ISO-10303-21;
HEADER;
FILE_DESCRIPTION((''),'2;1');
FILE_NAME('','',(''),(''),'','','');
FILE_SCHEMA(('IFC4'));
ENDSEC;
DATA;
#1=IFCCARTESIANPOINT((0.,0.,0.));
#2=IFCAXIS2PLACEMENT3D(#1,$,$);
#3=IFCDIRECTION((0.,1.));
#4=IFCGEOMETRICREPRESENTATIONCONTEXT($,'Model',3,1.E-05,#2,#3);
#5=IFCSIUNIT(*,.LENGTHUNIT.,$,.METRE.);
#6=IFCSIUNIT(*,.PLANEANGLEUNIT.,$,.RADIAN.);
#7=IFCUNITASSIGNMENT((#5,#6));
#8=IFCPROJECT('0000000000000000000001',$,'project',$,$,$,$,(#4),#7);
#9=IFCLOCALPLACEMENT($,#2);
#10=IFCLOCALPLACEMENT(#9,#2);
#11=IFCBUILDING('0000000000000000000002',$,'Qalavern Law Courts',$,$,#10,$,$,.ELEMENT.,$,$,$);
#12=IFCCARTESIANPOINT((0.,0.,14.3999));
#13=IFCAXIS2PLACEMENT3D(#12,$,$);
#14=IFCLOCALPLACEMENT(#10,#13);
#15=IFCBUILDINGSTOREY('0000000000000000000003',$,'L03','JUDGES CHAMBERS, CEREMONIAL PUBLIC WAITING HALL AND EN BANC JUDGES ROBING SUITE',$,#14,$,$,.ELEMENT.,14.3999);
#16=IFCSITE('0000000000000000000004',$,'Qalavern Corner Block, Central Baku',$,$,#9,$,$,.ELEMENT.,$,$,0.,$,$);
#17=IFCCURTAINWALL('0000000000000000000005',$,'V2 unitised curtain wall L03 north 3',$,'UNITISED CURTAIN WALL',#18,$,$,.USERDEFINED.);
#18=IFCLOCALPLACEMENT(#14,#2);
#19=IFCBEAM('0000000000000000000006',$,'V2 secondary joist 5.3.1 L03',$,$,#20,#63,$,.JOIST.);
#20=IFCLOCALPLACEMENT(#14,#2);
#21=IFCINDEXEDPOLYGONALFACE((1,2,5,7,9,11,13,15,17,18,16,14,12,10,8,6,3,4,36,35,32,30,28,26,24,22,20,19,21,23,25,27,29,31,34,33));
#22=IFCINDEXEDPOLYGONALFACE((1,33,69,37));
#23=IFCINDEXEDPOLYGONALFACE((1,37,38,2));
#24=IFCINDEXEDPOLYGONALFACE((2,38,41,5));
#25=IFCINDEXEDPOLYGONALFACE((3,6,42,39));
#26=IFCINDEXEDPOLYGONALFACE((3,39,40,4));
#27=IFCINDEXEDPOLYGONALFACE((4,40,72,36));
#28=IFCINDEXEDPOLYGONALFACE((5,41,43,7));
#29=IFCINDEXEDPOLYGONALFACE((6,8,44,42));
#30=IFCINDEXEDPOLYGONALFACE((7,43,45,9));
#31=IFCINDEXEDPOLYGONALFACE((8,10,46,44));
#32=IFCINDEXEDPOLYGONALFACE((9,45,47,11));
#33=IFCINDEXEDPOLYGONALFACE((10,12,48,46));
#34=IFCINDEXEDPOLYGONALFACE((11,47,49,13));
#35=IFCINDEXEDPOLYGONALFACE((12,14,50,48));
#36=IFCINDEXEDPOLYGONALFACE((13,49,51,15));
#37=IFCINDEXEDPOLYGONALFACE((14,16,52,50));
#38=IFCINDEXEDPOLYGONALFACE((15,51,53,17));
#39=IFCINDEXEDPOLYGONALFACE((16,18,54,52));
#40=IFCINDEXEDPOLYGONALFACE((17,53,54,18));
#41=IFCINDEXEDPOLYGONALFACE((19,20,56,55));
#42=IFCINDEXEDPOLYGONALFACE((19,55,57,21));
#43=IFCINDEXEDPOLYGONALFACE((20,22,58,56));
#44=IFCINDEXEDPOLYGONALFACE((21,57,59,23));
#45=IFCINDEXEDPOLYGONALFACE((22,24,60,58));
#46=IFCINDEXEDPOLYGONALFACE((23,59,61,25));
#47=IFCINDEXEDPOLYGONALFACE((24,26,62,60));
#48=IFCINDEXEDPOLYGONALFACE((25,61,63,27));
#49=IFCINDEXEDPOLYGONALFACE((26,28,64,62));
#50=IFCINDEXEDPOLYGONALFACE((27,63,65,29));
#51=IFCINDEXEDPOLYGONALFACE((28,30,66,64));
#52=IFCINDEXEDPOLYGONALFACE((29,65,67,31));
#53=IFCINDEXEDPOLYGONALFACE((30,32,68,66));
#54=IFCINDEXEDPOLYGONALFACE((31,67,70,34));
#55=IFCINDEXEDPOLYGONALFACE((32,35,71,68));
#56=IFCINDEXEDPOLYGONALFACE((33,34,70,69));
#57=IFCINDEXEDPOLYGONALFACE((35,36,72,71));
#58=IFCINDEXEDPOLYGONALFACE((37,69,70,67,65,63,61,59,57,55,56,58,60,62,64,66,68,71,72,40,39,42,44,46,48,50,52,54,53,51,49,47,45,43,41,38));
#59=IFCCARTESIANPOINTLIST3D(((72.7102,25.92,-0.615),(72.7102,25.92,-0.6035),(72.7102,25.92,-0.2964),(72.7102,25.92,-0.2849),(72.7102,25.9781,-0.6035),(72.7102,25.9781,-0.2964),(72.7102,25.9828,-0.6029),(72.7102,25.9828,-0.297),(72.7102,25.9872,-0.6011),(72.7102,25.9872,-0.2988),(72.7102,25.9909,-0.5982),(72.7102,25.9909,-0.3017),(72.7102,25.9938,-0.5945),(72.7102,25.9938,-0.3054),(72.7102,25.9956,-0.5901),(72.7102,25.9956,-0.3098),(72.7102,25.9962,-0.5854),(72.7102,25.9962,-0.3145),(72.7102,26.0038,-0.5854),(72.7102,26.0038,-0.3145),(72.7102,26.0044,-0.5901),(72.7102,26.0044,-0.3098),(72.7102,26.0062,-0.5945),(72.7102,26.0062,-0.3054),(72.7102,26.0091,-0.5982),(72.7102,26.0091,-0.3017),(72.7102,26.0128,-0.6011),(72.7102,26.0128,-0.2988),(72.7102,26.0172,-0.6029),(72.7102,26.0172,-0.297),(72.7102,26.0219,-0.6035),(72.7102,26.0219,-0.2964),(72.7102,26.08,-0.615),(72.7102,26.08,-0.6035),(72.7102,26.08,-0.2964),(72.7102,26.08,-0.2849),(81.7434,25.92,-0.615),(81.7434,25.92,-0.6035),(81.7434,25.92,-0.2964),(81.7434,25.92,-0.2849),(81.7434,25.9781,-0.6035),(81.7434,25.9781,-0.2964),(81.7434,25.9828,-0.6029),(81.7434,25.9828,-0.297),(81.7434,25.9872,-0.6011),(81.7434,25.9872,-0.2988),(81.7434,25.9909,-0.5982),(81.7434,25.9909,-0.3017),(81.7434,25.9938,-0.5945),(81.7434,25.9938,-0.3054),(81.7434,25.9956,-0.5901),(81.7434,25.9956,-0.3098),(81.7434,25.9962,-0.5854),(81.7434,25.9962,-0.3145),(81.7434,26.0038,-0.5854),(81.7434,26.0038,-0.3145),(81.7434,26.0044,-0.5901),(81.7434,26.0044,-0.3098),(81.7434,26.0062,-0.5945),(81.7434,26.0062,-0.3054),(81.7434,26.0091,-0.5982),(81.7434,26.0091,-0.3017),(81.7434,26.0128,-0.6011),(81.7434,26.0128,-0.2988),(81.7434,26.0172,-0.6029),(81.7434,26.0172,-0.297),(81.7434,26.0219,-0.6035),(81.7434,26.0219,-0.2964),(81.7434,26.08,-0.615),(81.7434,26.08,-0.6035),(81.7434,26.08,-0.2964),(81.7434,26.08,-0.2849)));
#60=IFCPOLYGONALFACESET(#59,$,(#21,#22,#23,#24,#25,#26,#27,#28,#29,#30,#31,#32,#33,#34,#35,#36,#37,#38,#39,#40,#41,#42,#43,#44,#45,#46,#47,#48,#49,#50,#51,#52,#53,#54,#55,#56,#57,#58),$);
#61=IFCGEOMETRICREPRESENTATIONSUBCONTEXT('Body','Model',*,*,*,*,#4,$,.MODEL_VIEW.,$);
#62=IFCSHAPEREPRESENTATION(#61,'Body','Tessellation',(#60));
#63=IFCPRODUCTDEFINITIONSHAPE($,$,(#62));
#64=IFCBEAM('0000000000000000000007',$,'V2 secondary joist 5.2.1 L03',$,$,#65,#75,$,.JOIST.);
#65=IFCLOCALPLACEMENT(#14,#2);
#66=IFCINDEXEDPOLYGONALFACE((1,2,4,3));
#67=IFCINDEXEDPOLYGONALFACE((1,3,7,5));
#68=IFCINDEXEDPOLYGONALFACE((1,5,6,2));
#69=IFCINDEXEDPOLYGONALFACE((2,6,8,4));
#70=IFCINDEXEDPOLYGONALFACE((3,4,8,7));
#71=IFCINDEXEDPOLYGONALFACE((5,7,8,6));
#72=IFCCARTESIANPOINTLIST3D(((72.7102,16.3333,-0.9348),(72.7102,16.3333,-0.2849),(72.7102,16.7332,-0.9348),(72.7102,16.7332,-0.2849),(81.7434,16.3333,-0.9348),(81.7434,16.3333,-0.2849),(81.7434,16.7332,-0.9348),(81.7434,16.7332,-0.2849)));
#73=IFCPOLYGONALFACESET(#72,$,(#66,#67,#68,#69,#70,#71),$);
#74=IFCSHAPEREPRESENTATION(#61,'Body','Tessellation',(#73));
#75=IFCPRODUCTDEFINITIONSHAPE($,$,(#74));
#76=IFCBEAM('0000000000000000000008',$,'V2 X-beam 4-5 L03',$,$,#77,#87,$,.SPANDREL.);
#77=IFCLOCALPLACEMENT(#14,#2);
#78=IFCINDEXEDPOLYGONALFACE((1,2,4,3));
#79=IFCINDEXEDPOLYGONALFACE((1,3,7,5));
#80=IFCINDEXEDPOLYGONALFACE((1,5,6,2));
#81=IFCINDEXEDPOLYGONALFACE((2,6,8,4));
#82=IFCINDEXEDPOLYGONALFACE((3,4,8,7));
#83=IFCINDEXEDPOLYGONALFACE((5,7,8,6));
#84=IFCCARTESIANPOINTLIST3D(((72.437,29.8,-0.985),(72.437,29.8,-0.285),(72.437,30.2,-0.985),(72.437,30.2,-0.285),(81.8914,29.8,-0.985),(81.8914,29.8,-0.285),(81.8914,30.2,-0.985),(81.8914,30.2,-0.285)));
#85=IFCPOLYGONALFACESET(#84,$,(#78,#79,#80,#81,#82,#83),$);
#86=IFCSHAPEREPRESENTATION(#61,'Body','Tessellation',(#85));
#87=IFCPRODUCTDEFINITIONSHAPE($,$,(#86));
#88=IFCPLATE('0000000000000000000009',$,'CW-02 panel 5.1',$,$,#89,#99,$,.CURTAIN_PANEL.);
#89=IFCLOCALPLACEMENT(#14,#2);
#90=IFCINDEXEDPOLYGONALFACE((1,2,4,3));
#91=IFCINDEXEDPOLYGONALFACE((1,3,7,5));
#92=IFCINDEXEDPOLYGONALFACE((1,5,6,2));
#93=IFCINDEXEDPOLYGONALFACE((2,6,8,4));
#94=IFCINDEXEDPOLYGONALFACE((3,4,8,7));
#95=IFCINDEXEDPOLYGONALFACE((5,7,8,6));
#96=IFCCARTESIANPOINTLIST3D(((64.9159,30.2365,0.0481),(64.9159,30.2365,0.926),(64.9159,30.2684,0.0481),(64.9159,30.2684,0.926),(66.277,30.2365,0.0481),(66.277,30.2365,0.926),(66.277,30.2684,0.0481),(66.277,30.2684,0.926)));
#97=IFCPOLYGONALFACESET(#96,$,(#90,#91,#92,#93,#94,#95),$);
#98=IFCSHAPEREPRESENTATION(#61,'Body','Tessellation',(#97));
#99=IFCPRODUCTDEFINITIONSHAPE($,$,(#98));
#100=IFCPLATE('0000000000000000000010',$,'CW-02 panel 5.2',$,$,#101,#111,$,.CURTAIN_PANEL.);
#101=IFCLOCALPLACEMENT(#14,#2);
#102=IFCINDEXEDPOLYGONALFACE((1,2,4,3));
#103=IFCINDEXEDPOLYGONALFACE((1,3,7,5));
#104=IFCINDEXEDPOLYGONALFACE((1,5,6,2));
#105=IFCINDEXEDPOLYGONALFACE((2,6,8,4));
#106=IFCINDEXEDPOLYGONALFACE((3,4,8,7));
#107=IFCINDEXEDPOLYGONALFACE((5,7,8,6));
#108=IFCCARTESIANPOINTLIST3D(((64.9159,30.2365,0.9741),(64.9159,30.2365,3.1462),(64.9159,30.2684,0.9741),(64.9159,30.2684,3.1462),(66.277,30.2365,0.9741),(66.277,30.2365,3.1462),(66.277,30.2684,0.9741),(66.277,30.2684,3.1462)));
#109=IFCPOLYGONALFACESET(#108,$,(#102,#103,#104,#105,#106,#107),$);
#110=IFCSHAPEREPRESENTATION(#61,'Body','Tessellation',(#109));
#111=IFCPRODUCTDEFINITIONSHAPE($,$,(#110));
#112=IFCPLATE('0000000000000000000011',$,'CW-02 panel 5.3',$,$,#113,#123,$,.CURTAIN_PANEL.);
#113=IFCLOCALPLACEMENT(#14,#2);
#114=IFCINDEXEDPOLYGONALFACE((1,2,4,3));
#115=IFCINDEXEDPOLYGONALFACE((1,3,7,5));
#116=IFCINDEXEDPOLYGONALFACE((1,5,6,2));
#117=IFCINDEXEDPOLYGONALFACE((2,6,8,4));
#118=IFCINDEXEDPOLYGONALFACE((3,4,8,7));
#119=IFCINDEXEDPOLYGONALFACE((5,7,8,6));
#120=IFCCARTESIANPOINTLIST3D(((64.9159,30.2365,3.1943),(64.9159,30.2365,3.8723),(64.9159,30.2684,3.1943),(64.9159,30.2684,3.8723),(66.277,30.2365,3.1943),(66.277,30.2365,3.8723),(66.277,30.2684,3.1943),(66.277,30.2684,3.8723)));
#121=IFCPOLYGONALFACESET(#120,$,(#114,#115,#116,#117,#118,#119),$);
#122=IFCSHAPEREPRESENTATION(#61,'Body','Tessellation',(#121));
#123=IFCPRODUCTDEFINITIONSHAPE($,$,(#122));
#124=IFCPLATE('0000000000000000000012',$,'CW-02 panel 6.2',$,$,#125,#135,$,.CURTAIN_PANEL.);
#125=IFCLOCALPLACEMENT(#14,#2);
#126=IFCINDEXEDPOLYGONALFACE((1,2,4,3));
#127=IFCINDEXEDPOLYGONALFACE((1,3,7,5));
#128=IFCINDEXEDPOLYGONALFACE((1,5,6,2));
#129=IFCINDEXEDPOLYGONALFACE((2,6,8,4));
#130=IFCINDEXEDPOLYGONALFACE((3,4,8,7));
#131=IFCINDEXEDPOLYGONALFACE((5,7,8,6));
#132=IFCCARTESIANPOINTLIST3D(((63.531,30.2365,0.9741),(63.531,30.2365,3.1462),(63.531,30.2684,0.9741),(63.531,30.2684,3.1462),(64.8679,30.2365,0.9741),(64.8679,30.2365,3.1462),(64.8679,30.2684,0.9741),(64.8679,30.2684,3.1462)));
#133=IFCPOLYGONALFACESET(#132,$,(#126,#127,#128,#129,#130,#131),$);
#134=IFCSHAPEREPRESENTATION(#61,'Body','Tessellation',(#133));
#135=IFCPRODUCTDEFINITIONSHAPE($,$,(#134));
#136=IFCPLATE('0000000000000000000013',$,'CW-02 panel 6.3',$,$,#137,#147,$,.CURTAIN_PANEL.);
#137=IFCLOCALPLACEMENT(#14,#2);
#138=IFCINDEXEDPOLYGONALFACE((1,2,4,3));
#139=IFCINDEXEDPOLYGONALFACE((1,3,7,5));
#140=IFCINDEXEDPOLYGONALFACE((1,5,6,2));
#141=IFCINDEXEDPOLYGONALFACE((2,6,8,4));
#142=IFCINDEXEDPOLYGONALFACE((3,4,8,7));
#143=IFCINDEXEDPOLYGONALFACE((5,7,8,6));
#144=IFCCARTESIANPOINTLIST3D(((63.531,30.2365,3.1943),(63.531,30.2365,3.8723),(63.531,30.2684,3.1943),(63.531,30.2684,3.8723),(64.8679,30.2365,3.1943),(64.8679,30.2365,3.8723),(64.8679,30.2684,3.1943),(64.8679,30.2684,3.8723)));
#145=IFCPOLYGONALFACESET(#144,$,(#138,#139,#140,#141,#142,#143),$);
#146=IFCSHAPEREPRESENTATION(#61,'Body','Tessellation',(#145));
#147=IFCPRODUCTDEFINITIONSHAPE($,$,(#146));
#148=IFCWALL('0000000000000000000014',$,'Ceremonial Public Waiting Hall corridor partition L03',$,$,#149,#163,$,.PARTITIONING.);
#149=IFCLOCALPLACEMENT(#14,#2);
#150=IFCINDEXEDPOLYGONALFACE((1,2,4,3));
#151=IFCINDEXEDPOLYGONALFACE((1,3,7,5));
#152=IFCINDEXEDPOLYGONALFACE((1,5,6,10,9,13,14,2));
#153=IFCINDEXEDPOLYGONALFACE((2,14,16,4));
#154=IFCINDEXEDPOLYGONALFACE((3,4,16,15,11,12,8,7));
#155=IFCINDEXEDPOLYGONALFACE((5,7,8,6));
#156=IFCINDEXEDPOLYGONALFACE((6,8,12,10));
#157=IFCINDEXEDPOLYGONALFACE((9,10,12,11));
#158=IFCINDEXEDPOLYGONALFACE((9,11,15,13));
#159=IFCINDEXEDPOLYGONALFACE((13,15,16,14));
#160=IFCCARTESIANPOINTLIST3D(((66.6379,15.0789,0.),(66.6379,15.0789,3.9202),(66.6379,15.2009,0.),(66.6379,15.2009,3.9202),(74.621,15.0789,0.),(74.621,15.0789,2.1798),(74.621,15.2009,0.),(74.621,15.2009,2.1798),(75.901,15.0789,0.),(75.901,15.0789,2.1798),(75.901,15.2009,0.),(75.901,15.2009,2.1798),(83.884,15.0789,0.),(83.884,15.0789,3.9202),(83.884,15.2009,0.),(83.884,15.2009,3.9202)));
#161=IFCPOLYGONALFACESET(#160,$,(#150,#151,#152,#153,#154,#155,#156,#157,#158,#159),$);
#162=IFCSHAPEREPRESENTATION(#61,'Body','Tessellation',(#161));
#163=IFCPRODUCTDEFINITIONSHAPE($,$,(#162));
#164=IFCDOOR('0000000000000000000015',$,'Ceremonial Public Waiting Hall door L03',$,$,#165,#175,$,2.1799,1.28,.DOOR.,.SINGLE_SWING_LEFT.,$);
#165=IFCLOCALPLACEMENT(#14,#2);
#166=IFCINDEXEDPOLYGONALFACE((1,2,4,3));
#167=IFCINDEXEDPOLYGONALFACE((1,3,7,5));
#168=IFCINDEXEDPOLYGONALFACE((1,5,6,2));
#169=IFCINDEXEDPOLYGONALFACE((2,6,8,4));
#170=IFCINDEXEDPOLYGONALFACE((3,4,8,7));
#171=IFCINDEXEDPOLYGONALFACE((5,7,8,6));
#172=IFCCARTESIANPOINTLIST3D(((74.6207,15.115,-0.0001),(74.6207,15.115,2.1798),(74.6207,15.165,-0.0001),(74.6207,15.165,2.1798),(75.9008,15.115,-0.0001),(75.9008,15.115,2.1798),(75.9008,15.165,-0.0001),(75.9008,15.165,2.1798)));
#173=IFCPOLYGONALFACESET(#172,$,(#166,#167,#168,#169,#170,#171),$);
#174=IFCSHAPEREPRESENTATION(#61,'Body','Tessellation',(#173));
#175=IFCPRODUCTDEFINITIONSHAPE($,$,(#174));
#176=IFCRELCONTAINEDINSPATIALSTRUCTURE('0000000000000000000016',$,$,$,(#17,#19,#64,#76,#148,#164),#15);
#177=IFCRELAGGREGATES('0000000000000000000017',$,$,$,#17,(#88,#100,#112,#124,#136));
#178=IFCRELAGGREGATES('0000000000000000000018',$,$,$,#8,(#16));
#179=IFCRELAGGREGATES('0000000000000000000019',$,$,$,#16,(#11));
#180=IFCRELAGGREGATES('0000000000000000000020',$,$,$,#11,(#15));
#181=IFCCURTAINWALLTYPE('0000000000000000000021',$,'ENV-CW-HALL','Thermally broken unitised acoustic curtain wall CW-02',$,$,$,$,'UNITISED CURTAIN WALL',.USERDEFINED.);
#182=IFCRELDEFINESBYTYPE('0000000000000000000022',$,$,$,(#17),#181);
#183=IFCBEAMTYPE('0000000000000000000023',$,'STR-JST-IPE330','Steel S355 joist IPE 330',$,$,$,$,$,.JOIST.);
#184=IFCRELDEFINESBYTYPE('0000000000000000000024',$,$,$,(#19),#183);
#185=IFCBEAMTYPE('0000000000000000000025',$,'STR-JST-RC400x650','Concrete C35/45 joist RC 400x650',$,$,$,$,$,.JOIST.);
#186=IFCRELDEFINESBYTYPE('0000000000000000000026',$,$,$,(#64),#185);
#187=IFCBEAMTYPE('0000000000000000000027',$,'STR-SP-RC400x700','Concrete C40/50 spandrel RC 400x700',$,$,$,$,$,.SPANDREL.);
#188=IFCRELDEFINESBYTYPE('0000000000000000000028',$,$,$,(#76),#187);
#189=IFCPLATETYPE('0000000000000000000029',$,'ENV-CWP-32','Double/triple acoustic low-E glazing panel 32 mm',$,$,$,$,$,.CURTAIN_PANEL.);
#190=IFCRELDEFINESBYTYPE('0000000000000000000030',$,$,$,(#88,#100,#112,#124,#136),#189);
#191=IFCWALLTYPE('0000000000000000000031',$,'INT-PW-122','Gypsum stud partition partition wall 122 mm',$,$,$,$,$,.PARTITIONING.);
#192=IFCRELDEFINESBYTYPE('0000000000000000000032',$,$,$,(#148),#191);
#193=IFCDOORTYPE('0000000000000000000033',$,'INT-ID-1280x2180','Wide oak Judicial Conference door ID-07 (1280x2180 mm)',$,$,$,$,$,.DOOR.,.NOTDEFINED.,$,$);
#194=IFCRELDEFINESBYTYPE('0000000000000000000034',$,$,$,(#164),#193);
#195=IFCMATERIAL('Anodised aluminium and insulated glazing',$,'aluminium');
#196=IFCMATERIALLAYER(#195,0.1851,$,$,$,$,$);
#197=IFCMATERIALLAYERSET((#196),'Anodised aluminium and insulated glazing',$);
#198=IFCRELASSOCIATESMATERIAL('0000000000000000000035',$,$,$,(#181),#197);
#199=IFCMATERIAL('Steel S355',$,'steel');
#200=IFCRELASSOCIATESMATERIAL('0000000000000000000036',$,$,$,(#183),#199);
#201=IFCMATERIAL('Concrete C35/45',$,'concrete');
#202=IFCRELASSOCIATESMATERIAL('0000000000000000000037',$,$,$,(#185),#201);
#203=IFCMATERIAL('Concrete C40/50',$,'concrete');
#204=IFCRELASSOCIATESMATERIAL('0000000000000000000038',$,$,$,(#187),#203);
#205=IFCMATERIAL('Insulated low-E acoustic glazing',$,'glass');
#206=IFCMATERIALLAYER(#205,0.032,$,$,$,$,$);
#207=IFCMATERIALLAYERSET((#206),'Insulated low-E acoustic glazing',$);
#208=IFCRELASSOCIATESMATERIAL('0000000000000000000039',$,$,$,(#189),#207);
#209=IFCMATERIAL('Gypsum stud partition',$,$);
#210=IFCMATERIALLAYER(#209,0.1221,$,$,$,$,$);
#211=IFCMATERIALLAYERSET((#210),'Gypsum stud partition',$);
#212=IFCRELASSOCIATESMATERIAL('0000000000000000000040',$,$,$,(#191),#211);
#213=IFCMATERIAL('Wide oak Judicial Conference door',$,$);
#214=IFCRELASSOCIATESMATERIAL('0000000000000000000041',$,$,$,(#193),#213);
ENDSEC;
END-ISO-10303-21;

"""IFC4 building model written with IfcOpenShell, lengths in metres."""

from ifc_helpers import new_model, si_unit, direction, frame, frame_2d, origin, origin_2d, place, context, subcontext, project, spatial, rectangle, i_section, extrude, material, layer, layer_set, material_profile, profile_set, type_object, element, fill, aggregate, save


model = new_model("IFC4")

# Units and contexts
model_context = context("Model", 3, precision=1e-05, world=origin(), true_north=direction((0.0, 1.0)))
body_context = subcontext(model_context, "Body", "Model", "MODEL_VIEW")
ifc_project = project(units=[si_unit("LENGTHUNIT", "METRE"), si_unit("PLANEANGLEUNIT", "RADIAN")], contexts=[model_context])

# Site, building, storey
site_placement = place(None, origin())
site = spatial("IfcSite", under=ifc_project, at=site_placement, Name="Qalavern Corner Block, Central Baku", CompositionType="ELEMENT", RefElevation=0.0)
building_placement = place(site_placement, origin())
building = spatial("IfcBuilding", under=site, at=building_placement, Name="Qalavern Law Courts", CompositionType="ELEMENT")
storey_placement = place(building_placement, frame((0.0, 0.0, 14.3999)))
storey = spatial("IfcBuildingStorey", under=building, at=storey_placement, Name="L03", Description="JUDGES CHAMBERS, CEREMONIAL PUBLIC WAITING HALL AND EN BANC JUDGES ROBING SUITE", CompositionType="ELEMENT", Elevation=14.3999)

# Curtain wall
ifc_material_1 = material(Name="Anodised aluminium and insulated glazing", Category="aluminium")
ifc_layer_1 = layer(ifc_material_1, 0.1851)
ifc_layer_set_1 = layer_set([ifc_layer_1], Name="Anodised aluminium and insulated glazing")
curtain_wall_type = type_object("IfcCurtainWallType", Name="ENV-CW-HALL", Description="Thermally broken unitised acoustic curtain wall CW-02", ElementType="UNITISED CURTAIN WALL", PredefinedType="USERDEFINED", material=ifc_layer_set_1)
curtain_wall_placement = place(storey_placement, origin())
curtain_wall = element("IfcCurtainWall", 1, at=curtain_wall_placement, inside=storey, type_object=curtain_wall_type, Name="V2 unitised curtain wall L03 north 3", ObjectType="UNITISED CURTAIN WALL", PredefinedType="USERDEFINED")

# Beams
ifc_material_2 = material(Name="Steel S355", Category="steel")
ifc_material_profile_1 = material_profile(ifc_material_2, i_section(OverallWidth=0.1599, OverallDepth=0.3301, WebThickness=0.0076, FlangeThickness=0.0115, FilletRadius=0.0181, at=origin_2d()), Name="IPE 330")
ifc_profile_set_1 = profile_set([ifc_material_profile_1], Name="Steel S355")
beam_type_1 = type_object("IfcBeamType", Name="STR-JST-IPE330", Description="Steel S355 joist IPE 330", PredefinedType="JOIST", material=ifc_profile_set_1)
for number, where, z_axis, x_axis, name in (
    (2, (72.7102, 26.0, -0.45), (1.0, 0.0, 0.0), (0.0, 1.0, 0.0), "V2 secondary joist 5.3.1 L03"),
):
    element("IfcBeam", number, at=place(storey_placement, frame(where, z_axis=z_axis, x_axis=x_axis)), inside=storey, type_object=beam_type_1, Name=name, PredefinedType="JOIST", context=body_context, shape_type="SweptSolid", body=[
        extrude(i_section(OverallWidth=0.1599, OverallDepth=0.3301, WebThickness=0.0076, FlangeThickness=0.0115, FilletRadius=0.0181, at=origin_2d()), origin(), (0.0, 0.0, 1.0), 9.0332),
    ])
ifc_material_3 = material(Name="Concrete C35/45", Category="concrete")
ifc_material_profile_2 = material_profile(ifc_material_3, rectangle(XDim=0.3999, YDim=0.6499, at=origin_2d()), Name="RC 400x650")
ifc_profile_set_2 = profile_set([ifc_material_profile_2], Name="Concrete C35/45")
beam_type_2 = type_object("IfcBeamType", Name="STR-JST-RC400x650", Description="Concrete C35/45 joist RC 400x650", PredefinedType="JOIST", material=ifc_profile_set_2)
beam_1_placement = place(storey_placement, frame((72.7102, 16.5332, -0.6099), z_axis=(1.0, 0.0, 0.0), x_axis=(0.0, 1.0, 0.0)))
element("IfcBeam", 3, at=beam_1_placement, inside=storey, type_object=beam_type_2, Name="V2 secondary joist 5.2.1 L03", PredefinedType="JOIST", context=body_context, shape_type="SweptSolid", body=[
    extrude(rectangle(XDim=0.3999, YDim=0.6499, at=origin_2d()), origin(), (0.0, 0.0, 1.0), 9.0332),
])
ifc_material_4 = material(Name="Concrete C40/50", Category="concrete")
ifc_material_profile_3 = material_profile(ifc_material_4, rectangle(XDim=0.3999, YDim=0.7, at=origin_2d()), Name="RC 400x700")
ifc_profile_set_3 = profile_set([ifc_material_profile_3], Name="Concrete C40/50")
beam_type_3 = type_object("IfcBeamType", Name="STR-SP-RC400x700", Description="Concrete C40/50 spandrel RC 400x700", PredefinedType="SPANDREL", material=ifc_profile_set_3)
beam_2_placement = place(storey_placement, frame((72.437, 30.0, -0.635), z_axis=(1.0, 0.0, 0.0), x_axis=(0.0, 1.0, 0.0)))
element("IfcBeam", 4, at=beam_2_placement, inside=storey, type_object=beam_type_3, Name="V2 X-beam 4-5 L03", PredefinedType="SPANDREL", context=body_context, shape_type="SweptSolid", body=[
    extrude(rectangle(XDim=0.3999, YDim=0.7, at=origin_2d()), origin(), (0.0, 0.0, 1.0), 9.4543),
])

# Plates
ifc_material_5 = material(Name="Insulated low-E acoustic glazing", Category="glass")
ifc_layer_2 = layer(ifc_material_5, 0.032)
ifc_layer_set_2 = layer_set([ifc_layer_2], Name="Insulated low-E acoustic glazing")
plate_type = type_object("IfcPlateType", Name="ENV-CWP-32", Description="Double/triple acoustic low-E glazing panel 32 mm", PredefinedType="CURTAIN_PANEL", material=ifc_layer_set_2)
plate_1_placement = place(storey_placement, frame((65.5964, 30.2524, 0.0481), z_axis=(0.0, 0.0, 1.0), x_axis=(-1.0, 0.0, 0.0)))
plate_1 = element("IfcPlate", 5, at=plate_1_placement, type_object=plate_type, Name="CW-02 panel 5.1", PredefinedType="CURTAIN_PANEL", context=body_context, shape_type="SweptSolid", body=[
    extrude(rectangle(XDim=1.3611, YDim=0.032, at=origin_2d()), origin(), (0.0, 0.0, 1.0), 0.8779),
])
plate_2_placement = place(storey_placement, frame((65.5964, 30.2524, 0.9741), z_axis=(0.0, 0.0, 1.0), x_axis=(-1.0, 0.0, 0.0)))
plate_2 = element("IfcPlate", 6, at=plate_2_placement, type_object=plate_type, Name="CW-02 panel 5.2", PredefinedType="CURTAIN_PANEL", context=body_context, shape_type="SweptSolid", body=[
    extrude(rectangle(XDim=1.3611, YDim=0.032, at=origin_2d()), origin(), (0.0, 0.0, 1.0), 2.1721),
])
plate_3_placement = place(storey_placement, frame((65.5964, 30.2524, 3.1943), z_axis=(0.0, 0.0, 1.0), x_axis=(-1.0, 0.0, 0.0)))
plate_3 = element("IfcPlate", 7, at=plate_3_placement, type_object=plate_type, Name="CW-02 panel 5.3", PredefinedType="CURTAIN_PANEL", context=body_context, shape_type="SweptSolid", body=[
    extrude(rectangle(XDim=1.3611, YDim=0.032, at=origin_2d()), origin(), (0.0, 0.0, 1.0), 0.678),
])
plate_4_placement = place(storey_placement, frame((64.1995, 30.2524, 0.9741), z_axis=(0.0, 0.0, 1.0), x_axis=(-1.0, 0.0, 0.0)))
plate_4 = element("IfcPlate", 8, at=plate_4_placement, type_object=plate_type, Name="CW-02 panel 6.2", PredefinedType="CURTAIN_PANEL", context=body_context, shape_type="SweptSolid", body=[
    extrude(rectangle(XDim=1.3369, YDim=0.032, at=origin_2d()), origin(), (0.0, 0.0, 1.0), 2.1721),
])
plate_5_placement = place(storey_placement, frame((64.1995, 30.2524, 3.1943), z_axis=(0.0, 0.0, 1.0), x_axis=(-1.0, 0.0, 0.0)))
plate_5 = element("IfcPlate", 9, at=plate_5_placement, type_object=plate_type, Name="CW-02 panel 6.3", PredefinedType="CURTAIN_PANEL", context=body_context, shape_type="SweptSolid", body=[
    extrude(rectangle(XDim=1.3369, YDim=0.032, at=origin_2d()), origin(), (0.0, 0.0, 1.0), 0.678),
])
aggregate(curtain_wall, [plate_1, plate_2, plate_3, plate_4, plate_5])

# Wall, opening, door
ifc_material_6 = material(Name="Gypsum stud partition")
ifc_layer_3 = layer(ifc_material_6, 0.1221)
ifc_layer_set_3 = layer_set([ifc_layer_3], Name="Gypsum stud partition")
wall_type_1 = type_object("IfcWallType", Name="INT-PW-122", Description="Gypsum stud partition partition wall 122 mm", PredefinedType="PARTITIONING", material=ifc_layer_set_3)
wall_1_placement = place(storey_placement, frame((66.6379, 15.1399, 0.0), z_axis=(0.0, 0.0, 1.0), x_axis=(1.0, 0.0, 0.0)))
wall_1 = element("IfcWall", 10, at=wall_1_placement, inside=storey, type_object=wall_type_1, Name="Ceremonial Public Waiting Hall corridor partition L03", PredefinedType="PARTITIONING", context=body_context, shape_type="SweptSolid", body=[
    extrude(rectangle(XDim=17.2461, YDim=0.1221, at=frame_2d((8.623, 0.0))), origin(), (0.0, 0.0, 1.0), 3.9202),
])
opening_1_placement = place(wall_1_placement, frame((7.9829, 0.0, 0.0)))
opening_1 = element("IfcOpeningElement", 11, at=opening_1_placement, cuts=wall_1, PredefinedType="OPENING", context=body_context, shape_type="SweptSolid", body=[
    extrude(rectangle(XDim=1.28, YDim=2.1799, at=frame_2d((0.6401, 1.0898))), frame((0.0, 0.0759, 0.0), z_axis=(0.0, -1.0, 0.0), x_axis=(1.0, 0.0, 0.0)), (0.0, 0.0, 1.0), 0.1519),
])
ifc_material_7 = material(Name="Wide oak Judicial Conference door")
door_type_1 = type_object("IfcDoorType", Name="INT-ID-1280x2180", Description="Wide oak Judicial Conference door ID-07 (1280x2180 mm)", OperationType="NOTDEFINED", PredefinedType="DOOR", material=ifc_material_7)
door_1_placement = place(opening_1_placement, frame((1.28, 0.0, 0.0), z_axis=(0.0, 0.0, 1.0), x_axis=(-1.0, 0.0, 0.0)))
door_1 = element("IfcDoor", 12, at=door_1_placement, inside=storey, type_object=door_type_1, Name="Ceremonial Public Waiting Hall door L03", OperationType="SINGLE_SWING_LEFT", OverallHeight=2.1799, OverallWidth=1.28, PredefinedType="DOOR", context=body_context, shape_type="SweptSolid", body=[
    extrude(rectangle(XDim=1.28, YDim=2.1799, at=frame_2d((0.6401, 1.0898))), frame((0.0, 0.0249, 0.0), z_axis=(0.0, -1.0, 0.0), x_axis=(1.0, 0.0, 0.0)), (0.0, 0.0, 1.0), 0.05),
])
fill(opening_1, door_1)

save(model, "model.ifc")
